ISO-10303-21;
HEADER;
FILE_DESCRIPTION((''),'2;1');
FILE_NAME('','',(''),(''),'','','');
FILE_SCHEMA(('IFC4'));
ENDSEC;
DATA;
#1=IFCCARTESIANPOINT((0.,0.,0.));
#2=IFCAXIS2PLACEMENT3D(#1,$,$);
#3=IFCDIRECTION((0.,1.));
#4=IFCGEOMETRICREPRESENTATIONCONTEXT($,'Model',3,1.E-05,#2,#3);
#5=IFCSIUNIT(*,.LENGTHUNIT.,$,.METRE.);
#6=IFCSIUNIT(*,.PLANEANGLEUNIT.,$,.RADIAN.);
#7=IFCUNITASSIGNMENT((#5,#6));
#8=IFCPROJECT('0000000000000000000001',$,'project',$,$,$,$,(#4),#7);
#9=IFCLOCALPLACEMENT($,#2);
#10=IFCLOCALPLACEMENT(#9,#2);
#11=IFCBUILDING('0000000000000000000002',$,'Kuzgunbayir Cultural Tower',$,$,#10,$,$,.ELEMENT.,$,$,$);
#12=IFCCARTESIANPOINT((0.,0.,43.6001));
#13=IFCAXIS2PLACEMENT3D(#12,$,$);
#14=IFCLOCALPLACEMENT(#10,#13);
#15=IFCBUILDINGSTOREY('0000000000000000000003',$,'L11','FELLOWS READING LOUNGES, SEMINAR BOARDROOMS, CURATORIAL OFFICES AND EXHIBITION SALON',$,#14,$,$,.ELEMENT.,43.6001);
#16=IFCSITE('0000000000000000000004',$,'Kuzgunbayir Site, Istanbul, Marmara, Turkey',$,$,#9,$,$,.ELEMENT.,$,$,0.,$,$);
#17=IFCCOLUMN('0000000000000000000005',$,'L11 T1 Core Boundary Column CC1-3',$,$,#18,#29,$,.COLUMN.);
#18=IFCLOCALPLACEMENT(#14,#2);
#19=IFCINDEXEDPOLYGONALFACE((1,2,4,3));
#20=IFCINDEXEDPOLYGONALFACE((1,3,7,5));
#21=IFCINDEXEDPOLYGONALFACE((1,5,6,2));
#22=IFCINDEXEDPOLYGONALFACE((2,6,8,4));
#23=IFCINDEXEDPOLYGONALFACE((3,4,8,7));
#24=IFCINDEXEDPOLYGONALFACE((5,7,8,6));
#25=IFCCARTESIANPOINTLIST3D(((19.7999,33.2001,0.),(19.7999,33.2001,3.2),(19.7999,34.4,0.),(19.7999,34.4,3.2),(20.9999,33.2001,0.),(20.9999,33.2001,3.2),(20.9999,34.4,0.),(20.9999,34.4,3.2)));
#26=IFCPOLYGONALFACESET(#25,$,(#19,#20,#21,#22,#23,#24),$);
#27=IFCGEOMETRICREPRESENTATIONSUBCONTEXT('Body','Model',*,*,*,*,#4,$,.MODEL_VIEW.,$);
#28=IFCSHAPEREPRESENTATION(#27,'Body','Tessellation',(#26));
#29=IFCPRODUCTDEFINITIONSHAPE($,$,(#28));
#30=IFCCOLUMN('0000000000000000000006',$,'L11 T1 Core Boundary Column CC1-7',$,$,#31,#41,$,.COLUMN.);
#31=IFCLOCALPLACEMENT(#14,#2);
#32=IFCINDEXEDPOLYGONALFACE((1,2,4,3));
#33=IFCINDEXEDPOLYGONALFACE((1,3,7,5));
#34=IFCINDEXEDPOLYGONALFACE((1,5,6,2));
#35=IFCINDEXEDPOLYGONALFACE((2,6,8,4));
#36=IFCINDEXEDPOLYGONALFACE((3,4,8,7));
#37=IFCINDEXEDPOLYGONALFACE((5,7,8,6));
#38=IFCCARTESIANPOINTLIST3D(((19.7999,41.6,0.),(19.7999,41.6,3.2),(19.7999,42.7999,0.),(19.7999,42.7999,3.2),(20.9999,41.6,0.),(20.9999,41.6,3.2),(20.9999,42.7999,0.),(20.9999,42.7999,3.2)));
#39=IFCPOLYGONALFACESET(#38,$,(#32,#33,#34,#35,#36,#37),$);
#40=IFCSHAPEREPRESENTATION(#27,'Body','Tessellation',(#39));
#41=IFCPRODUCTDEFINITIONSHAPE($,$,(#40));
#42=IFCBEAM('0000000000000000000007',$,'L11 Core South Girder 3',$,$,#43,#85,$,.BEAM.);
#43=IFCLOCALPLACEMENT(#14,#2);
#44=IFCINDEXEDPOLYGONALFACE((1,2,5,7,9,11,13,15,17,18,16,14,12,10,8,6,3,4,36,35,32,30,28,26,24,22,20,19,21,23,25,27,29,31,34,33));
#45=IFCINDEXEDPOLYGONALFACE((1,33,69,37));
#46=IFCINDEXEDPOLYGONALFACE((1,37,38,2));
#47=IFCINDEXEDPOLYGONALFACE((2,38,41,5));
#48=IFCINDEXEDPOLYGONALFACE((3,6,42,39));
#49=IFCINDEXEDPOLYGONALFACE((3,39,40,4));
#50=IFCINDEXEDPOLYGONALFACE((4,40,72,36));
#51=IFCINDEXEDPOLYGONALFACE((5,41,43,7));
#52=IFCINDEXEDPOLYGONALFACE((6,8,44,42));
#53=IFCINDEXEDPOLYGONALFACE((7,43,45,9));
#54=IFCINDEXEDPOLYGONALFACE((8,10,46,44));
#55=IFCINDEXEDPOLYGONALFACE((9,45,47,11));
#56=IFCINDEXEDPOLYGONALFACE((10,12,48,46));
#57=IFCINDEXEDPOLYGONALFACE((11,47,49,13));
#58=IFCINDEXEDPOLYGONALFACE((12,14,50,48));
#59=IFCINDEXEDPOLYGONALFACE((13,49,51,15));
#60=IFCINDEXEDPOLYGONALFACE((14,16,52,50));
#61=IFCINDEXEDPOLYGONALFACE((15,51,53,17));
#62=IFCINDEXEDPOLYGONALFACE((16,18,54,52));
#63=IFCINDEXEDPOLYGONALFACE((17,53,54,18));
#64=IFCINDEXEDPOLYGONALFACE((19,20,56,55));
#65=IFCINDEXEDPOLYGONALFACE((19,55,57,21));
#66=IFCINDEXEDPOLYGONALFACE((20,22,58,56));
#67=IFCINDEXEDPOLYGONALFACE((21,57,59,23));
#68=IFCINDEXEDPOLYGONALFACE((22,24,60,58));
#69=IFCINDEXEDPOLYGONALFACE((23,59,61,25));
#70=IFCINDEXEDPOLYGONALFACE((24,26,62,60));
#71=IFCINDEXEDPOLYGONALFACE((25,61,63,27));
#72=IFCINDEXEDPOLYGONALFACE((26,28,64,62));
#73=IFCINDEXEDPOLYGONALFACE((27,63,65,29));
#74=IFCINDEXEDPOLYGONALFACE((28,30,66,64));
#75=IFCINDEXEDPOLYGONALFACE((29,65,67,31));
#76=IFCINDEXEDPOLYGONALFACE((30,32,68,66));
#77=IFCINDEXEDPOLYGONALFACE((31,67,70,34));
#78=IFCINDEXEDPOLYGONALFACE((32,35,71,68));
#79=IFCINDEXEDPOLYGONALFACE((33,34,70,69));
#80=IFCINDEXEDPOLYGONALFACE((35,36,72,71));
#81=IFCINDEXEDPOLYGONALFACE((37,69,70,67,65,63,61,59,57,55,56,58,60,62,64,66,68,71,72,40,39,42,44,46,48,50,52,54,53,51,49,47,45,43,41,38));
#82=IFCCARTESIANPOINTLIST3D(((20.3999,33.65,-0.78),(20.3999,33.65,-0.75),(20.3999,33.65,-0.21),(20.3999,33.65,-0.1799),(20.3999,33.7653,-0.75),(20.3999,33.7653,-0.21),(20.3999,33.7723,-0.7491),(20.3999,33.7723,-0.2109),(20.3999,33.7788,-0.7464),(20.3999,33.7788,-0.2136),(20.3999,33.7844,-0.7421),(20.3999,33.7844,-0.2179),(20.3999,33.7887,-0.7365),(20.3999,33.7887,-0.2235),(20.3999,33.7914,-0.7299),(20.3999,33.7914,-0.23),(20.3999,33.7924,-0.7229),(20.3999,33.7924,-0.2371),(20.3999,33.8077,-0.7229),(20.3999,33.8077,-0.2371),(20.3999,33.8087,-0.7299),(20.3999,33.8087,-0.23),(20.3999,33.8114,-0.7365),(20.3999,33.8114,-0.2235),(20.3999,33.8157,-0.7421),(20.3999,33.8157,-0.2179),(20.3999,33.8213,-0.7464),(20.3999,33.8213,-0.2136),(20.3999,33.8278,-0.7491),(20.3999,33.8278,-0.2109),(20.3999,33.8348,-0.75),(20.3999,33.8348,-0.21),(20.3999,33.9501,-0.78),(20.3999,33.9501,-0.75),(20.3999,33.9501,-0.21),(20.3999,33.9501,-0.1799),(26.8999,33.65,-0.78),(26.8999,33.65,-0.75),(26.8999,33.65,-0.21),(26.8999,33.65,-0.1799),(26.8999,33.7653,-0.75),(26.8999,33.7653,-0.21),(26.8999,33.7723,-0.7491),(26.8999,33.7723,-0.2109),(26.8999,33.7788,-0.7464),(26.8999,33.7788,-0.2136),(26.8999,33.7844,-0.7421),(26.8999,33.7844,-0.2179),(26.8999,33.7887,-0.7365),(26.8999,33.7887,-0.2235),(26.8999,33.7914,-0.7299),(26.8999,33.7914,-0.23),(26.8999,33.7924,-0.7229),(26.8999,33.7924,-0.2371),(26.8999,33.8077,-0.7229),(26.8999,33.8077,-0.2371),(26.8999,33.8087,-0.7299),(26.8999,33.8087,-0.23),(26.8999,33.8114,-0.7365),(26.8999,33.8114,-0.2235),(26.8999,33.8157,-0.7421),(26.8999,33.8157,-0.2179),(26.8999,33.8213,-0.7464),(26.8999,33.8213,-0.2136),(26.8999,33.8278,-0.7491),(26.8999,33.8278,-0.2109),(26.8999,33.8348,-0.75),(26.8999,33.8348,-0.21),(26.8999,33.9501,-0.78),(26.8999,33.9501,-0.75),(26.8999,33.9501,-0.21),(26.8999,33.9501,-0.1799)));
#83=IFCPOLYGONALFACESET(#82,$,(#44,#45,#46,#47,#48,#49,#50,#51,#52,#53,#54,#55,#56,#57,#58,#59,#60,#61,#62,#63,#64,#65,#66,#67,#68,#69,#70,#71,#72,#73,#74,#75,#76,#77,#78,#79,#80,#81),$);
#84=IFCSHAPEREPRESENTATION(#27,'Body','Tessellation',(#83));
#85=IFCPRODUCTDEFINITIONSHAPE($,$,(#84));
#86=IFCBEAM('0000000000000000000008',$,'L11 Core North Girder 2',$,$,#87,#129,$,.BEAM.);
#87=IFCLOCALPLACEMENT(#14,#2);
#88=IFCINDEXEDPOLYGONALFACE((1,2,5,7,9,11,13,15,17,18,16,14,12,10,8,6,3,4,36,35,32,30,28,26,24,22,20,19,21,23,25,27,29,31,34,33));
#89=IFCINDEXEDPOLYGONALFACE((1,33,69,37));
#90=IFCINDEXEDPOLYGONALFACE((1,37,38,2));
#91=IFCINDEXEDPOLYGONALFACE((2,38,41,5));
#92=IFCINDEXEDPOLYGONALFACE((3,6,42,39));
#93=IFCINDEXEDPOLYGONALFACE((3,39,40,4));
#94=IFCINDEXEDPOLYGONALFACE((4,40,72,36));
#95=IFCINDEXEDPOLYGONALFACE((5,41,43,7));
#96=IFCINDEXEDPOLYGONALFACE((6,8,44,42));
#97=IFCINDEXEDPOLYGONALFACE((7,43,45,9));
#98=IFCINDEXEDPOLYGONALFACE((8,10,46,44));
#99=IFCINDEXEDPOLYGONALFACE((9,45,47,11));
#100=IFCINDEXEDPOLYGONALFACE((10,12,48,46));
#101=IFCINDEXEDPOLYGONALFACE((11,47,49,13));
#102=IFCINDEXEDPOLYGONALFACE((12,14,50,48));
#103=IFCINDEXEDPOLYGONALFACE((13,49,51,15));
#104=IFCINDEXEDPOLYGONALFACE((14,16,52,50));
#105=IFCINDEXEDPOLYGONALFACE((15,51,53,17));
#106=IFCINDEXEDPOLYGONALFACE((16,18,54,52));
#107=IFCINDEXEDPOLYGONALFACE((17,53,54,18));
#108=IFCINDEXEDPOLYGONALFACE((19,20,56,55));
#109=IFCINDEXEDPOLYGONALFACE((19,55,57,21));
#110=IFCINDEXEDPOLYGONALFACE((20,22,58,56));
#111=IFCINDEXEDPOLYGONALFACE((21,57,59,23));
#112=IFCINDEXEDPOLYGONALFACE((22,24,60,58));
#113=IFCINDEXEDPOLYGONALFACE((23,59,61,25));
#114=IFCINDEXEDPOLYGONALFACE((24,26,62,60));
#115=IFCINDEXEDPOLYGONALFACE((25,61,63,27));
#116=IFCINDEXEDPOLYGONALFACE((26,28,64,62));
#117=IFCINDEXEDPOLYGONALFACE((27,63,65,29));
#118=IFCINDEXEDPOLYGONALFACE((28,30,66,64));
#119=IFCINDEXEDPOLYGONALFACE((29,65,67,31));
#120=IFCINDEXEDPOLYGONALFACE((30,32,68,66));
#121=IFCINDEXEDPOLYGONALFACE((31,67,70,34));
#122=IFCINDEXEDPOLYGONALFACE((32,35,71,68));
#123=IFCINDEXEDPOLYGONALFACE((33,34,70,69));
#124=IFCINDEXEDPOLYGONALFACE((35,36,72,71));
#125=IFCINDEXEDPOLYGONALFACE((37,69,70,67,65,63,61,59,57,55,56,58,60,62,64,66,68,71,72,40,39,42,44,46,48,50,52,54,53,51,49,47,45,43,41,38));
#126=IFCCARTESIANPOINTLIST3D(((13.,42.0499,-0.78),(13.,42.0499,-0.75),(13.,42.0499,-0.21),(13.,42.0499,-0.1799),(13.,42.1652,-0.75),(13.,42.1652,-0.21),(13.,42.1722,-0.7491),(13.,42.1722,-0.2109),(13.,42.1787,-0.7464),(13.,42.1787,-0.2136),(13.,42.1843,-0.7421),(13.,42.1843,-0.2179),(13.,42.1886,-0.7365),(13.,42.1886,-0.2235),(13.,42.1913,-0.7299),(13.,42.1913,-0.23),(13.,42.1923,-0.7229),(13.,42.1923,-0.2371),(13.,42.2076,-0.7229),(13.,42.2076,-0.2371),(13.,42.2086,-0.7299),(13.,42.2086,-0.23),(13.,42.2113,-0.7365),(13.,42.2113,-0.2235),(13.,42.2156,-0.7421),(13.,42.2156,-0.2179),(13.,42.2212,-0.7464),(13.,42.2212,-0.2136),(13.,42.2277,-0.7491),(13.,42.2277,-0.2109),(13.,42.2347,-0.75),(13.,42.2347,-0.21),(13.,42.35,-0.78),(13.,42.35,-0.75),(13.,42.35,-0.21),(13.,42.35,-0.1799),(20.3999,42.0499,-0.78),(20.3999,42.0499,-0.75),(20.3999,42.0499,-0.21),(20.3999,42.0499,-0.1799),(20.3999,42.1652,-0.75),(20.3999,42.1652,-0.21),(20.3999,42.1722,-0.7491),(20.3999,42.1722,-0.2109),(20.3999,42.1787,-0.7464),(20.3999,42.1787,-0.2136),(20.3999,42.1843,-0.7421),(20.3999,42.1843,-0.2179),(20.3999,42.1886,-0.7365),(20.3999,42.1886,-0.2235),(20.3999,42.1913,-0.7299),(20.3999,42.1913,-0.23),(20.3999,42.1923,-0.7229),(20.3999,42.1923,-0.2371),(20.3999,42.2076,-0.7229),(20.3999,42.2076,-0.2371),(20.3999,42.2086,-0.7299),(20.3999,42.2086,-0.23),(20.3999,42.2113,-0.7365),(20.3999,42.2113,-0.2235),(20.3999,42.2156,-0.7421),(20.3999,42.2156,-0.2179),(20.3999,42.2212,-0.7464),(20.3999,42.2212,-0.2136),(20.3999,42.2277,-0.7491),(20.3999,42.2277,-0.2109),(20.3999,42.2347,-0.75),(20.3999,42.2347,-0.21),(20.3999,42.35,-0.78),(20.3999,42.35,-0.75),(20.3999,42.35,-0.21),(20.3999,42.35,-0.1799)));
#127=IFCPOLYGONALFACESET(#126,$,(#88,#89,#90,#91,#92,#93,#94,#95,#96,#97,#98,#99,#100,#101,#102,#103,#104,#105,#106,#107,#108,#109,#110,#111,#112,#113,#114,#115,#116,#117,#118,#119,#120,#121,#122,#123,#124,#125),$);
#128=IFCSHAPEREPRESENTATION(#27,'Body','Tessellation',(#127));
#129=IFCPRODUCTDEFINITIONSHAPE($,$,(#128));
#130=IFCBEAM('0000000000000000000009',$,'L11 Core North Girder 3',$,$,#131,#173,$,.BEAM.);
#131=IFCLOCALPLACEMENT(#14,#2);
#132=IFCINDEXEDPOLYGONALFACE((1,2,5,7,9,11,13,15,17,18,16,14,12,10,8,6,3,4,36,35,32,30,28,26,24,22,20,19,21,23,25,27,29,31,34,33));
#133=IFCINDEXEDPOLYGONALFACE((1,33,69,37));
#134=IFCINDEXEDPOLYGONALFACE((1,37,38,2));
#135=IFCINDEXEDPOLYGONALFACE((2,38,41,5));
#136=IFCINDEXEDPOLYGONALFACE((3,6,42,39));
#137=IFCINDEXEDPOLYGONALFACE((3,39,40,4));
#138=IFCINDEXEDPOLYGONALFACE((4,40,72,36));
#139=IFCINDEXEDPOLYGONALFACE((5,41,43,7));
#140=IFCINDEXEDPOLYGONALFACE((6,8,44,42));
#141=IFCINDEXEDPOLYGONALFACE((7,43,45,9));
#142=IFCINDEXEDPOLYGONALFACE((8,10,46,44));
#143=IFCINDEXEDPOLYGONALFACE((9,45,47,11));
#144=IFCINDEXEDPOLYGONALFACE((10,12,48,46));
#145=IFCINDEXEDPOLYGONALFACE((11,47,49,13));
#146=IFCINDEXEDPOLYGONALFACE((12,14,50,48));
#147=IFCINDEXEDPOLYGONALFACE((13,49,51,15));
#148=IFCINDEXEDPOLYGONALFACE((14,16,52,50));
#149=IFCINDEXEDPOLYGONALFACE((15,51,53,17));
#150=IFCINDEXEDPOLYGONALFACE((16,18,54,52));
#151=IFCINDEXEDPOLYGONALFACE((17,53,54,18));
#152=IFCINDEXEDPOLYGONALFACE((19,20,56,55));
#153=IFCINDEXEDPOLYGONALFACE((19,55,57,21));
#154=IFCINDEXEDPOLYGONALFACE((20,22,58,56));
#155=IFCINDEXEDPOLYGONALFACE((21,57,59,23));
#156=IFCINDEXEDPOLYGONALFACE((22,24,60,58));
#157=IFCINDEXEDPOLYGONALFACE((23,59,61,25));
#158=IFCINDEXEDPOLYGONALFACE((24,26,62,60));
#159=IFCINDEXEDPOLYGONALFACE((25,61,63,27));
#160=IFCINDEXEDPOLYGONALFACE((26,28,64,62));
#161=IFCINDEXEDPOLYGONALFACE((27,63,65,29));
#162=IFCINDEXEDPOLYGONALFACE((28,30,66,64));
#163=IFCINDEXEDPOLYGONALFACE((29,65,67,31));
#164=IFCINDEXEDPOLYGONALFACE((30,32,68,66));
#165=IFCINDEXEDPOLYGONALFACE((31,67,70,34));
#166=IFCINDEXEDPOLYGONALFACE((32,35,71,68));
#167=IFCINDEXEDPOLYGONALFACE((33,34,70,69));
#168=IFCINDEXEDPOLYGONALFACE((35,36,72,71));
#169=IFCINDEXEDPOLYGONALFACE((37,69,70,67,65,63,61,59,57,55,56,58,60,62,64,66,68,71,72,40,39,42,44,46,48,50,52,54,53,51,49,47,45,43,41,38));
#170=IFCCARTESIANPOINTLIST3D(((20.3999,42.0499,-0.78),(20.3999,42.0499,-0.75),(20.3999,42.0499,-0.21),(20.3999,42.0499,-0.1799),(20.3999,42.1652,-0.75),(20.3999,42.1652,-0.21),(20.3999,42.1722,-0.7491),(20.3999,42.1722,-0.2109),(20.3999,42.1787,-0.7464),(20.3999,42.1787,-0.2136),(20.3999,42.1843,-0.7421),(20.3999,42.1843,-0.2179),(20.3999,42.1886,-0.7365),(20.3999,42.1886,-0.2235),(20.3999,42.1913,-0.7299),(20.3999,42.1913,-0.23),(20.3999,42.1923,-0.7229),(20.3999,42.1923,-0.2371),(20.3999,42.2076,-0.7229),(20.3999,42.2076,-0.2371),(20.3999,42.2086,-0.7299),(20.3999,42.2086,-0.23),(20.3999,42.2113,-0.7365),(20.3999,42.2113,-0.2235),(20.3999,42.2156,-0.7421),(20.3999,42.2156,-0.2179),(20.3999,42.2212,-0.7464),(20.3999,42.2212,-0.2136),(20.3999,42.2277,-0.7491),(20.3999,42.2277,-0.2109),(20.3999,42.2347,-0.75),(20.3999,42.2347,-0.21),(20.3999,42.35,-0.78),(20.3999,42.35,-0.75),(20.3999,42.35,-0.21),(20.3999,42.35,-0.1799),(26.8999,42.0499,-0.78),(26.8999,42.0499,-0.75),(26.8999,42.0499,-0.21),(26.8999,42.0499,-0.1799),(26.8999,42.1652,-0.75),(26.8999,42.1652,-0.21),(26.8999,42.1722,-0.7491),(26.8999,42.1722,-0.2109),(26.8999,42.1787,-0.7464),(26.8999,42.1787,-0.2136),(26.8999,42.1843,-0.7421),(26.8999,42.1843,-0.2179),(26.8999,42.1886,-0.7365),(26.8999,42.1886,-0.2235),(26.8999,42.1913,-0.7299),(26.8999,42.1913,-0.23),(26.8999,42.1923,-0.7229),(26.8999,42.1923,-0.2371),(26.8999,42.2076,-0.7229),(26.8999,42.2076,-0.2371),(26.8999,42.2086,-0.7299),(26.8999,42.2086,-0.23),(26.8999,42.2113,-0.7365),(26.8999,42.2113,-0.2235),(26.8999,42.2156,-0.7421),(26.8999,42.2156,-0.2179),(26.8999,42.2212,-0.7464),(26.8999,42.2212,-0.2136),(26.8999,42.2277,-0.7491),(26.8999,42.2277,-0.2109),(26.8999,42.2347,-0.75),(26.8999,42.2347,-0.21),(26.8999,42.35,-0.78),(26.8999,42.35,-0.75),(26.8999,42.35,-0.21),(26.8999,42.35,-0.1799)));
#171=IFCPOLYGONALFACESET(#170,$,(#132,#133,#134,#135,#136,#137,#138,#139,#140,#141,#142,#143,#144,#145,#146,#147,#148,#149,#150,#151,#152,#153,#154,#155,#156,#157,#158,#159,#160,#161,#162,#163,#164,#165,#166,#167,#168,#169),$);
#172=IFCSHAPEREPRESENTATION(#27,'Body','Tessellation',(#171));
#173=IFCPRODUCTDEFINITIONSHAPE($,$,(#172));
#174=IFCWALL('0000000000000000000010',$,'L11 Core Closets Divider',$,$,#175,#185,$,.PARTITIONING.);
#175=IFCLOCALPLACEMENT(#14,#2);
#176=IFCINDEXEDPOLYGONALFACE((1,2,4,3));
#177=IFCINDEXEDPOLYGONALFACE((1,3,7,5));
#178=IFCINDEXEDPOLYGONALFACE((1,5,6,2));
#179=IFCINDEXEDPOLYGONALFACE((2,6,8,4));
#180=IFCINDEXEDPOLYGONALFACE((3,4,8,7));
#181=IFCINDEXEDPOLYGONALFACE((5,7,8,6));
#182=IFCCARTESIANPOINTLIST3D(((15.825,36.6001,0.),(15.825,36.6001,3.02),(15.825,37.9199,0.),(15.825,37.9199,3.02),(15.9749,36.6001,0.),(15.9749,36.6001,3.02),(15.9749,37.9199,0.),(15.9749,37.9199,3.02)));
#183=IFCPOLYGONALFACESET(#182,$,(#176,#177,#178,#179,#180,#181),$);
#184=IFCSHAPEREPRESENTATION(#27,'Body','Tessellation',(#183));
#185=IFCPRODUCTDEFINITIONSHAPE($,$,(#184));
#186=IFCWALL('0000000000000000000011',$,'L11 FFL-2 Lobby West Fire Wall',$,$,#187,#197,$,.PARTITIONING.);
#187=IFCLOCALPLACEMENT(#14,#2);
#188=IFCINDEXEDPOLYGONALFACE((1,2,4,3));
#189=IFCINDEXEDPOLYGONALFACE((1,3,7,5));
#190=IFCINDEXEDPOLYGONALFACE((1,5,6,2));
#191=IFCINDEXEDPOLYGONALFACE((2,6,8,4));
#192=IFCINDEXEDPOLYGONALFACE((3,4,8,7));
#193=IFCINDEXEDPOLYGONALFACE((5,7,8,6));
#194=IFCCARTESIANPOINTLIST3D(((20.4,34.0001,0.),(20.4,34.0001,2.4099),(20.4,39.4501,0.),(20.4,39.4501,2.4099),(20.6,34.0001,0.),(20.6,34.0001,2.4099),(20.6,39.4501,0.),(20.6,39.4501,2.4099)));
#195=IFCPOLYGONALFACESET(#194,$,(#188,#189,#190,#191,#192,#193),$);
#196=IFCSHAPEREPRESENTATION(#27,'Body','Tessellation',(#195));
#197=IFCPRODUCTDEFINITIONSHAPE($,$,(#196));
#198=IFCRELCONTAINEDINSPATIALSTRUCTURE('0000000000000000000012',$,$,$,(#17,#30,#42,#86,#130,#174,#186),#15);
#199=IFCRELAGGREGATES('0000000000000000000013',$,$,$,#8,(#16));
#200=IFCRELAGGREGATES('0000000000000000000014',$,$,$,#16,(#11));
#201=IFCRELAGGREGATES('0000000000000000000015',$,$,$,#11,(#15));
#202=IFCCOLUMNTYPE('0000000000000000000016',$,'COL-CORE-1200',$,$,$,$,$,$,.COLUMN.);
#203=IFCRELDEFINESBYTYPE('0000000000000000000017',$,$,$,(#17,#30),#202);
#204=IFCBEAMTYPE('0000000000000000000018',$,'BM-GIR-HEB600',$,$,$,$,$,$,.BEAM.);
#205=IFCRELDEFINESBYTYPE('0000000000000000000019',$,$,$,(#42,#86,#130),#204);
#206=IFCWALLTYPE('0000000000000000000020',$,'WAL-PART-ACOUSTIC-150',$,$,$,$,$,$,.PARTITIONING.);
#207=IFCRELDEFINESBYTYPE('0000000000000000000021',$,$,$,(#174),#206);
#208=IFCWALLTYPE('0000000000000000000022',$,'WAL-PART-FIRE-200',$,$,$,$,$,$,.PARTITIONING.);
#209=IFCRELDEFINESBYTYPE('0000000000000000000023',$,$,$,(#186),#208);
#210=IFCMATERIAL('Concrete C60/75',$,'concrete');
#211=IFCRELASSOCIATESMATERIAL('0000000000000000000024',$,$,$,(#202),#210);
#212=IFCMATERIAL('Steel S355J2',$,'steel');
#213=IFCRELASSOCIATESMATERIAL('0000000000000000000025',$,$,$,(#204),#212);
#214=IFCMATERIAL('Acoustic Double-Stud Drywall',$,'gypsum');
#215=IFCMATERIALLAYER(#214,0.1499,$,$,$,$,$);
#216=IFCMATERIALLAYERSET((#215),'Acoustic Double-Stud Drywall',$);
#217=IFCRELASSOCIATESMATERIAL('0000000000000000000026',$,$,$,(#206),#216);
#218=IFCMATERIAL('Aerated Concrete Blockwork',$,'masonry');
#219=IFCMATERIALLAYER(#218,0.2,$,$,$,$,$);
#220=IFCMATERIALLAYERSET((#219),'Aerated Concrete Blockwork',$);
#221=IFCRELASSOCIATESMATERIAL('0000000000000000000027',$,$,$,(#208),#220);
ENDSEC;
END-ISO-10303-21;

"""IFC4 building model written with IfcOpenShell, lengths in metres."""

from ifc_helpers import new_model, si_unit, direction, frame, frame_2d, origin, origin_2d, place, context, subcontext, project, spatial, rectangle, i_section, extrude, material, layer, layer_set, material_profile, profile_set, type_object, element, save


model = new_model("IFC4")

# Units and contexts
model_context = context("Model", 3, precision=1e-05, world=origin(), true_north=direction((0.0, 1.0)))
body_context = subcontext(model_context, "Body", "Model", "MODEL_VIEW")
ifc_project = project(units=[si_unit("LENGTHUNIT", "METRE"), si_unit("PLANEANGLEUNIT", "RADIAN")], contexts=[model_context])

# Site, building, storey
site_placement = place(None, origin())
site = spatial("IfcSite", under=ifc_project, at=site_placement, Name="Kuzgunbayir Site, Istanbul, Marmara, Turkey", CompositionType="ELEMENT", RefElevation=0.0)
building_placement = place(site_placement, origin())
building = spatial("IfcBuilding", under=site, at=building_placement, Name="Kuzgunbayir Cultural Tower", CompositionType="ELEMENT")
storey_placement = place(building_placement, frame((0.0, 0.0, 43.6001)))
storey = spatial("IfcBuildingStorey", under=building, at=storey_placement, Name="L11", Description="FELLOWS READING LOUNGES, SEMINAR BOARDROOMS, CURATORIAL OFFICES AND EXHIBITION SALON", CompositionType="ELEMENT", Elevation=43.6001)

# Columns
ifc_material_1 = material(Name="Concrete C60/75", Category="concrete")
ifc_material_profile_1 = material_profile(ifc_material_1, rectangle(XDim=1.2, YDim=1.2, at=origin_2d()), Name="RC 1200x1200")
ifc_profile_set_1 = profile_set([ifc_material_profile_1], Name="Concrete C60/75")
column_type = type_object("IfcColumnType", Name="COL-CORE-1200", PredefinedType="COLUMN", material=ifc_profile_set_1)
for number, where, z_axis, x_axis, name in (
    (1, (20.3999, 33.8, 0.0), (0.0, 0.0, 1.0), (1.0, 0.0, 0.0), "L11 T1 Core Boundary Column CC1-3"),
    (2, (20.3999, 42.2, 0.0), (0.0, 0.0, 1.0), (1.0, 0.0, 0.0), "L11 T1 Core Boundary Column CC1-7"),
):
    element("IfcColumn", number, at=place(storey_placement, frame(where, z_axis=z_axis, x_axis=x_axis)), inside=storey, type_object=column_type, Name=name, PredefinedType="COLUMN", context=body_context, shape_type="SweptSolid", body=[
        extrude(rectangle(XDim=1.2, YDim=1.2, at=origin_2d()), origin(), (0.0, 0.0, 1.0), 3.2),
    ])

# Beams
ifc_material_2 = material(Name="Steel S355J2", Category="steel")
ifc_material_profile_2 = material_profile(ifc_material_2, i_section(OverallWidth=0.3, OverallDepth=0.6001, WebThickness=0.0154, FlangeThickness=0.03, FilletRadius=0.0271, at=origin_2d()), Name="HEB 600")
ifc_profile_set_2 = profile_set([ifc_material_profile_2], Name="Steel S355J2")
beam_type = type_object("IfcBeamType", Name="BM-GIR-HEB600", PredefinedType="BEAM", material=ifc_profile_set_2)
beam_1_placement = place(storey_placement, frame((20.3999, 33.8, -0.48), z_axis=(1.0, 0.0, 0.0), x_axis=(0.0, 1.0, 0.0)))
element("IfcBeam", 3, at=beam_1_placement, inside=storey, type_object=beam_type, Name="L11 Core South Girder 3", PredefinedType="BEAM", context=body_context, shape_type="SweptSolid", body=[
    extrude(i_section(OverallWidth=0.3, OverallDepth=0.6001, WebThickness=0.0154, FlangeThickness=0.03, FilletRadius=0.0271, at=origin_2d()), origin(), (0.0, 0.0, 1.0), 6.5),
])
beam_2_placement = place(storey_placement, frame((13.0, 42.2, -0.48), z_axis=(1.0, 0.0, 0.0), x_axis=(0.0, 1.0, 0.0)))
element("IfcBeam", 4, at=beam_2_placement, inside=storey, type_object=beam_type, Name="L11 Core North Girder 2", PredefinedType="BEAM", context=body_context, shape_type="SweptSolid", body=[
    extrude(i_section(OverallWidth=0.3, OverallDepth=0.6001, WebThickness=0.0154, FlangeThickness=0.03, FilletRadius=0.0271, at=origin_2d()), origin(), (0.0, 0.0, 1.0), 7.3999),
])
beam_3_placement = place(storey_placement, frame((20.3999, 42.2, -0.48), z_axis=(1.0, 0.0, 0.0), x_axis=(0.0, 1.0, 0.0)))
element("IfcBeam", 5, at=beam_3_placement, inside=storey, type_object=beam_type, Name="L11 Core North Girder 3", PredefinedType="BEAM", context=body_context, shape_type="SweptSolid", body=[
    extrude(i_section(OverallWidth=0.3, OverallDepth=0.6001, WebThickness=0.0154, FlangeThickness=0.03, FilletRadius=0.0271, at=origin_2d()), origin(), (0.0, 0.0, 1.0), 6.5),
])

# Walls
ifc_material_3 = material(Name="Acoustic Double-Stud Drywall", Category="gypsum")
ifc_layer_1 = layer(ifc_material_3, 0.1499)
ifc_layer_set_1 = layer_set([ifc_layer_1], Name="Acoustic Double-Stud Drywall")
wall_type_1 = type_object("IfcWallType", Name="WAL-PART-ACOUSTIC-150", PredefinedType="PARTITIONING", material=ifc_layer_set_1)
wall_1_placement = place(storey_placement, frame((15.8999, 36.6001, 0.0), z_axis=(0.0, 0.0, 1.0), x_axis=(0.0, 1.0, 0.0)))
element("IfcWall", 6, at=wall_1_placement, inside=storey, type_object=wall_type_1, Name="L11 Core Closets Divider", PredefinedType="PARTITIONING", context=body_context, shape_type="SweptSolid", body=[
    extrude(rectangle(XDim=1.3198, YDim=0.1499, at=frame_2d((0.6599, 0.0))), origin(), (0.0, 0.0, 1.0), 3.02),
])
ifc_material_4 = material(Name="Aerated Concrete Blockwork", Category="masonry")
ifc_layer_2 = layer(ifc_material_4, 0.2)
ifc_layer_set_2 = layer_set([ifc_layer_2], Name="Aerated Concrete Blockwork")
wall_type_2 = type_object("IfcWallType", Name="WAL-PART-FIRE-200", PredefinedType="PARTITIONING", material=ifc_layer_set_2)
wall_2_placement = place(storey_placement, frame((20.5, 34.0, 0.0), z_axis=(0.0, 0.0, 1.0), x_axis=(0.0, 1.0, 0.0)))
element("IfcWall", 7, at=wall_2_placement, inside=storey, type_object=wall_type_2, Name="L11 FFL-2 Lobby West Fire Wall", PredefinedType="PARTITIONING", context=body_context, shape_type="SweptSolid", body=[
    extrude(rectangle(XDim=5.45, YDim=0.2, at=frame_2d((2.7251, 0.0))), origin(), (0.0, 0.0, 1.0), 2.4099),
])

save(model, "model.ifc")
